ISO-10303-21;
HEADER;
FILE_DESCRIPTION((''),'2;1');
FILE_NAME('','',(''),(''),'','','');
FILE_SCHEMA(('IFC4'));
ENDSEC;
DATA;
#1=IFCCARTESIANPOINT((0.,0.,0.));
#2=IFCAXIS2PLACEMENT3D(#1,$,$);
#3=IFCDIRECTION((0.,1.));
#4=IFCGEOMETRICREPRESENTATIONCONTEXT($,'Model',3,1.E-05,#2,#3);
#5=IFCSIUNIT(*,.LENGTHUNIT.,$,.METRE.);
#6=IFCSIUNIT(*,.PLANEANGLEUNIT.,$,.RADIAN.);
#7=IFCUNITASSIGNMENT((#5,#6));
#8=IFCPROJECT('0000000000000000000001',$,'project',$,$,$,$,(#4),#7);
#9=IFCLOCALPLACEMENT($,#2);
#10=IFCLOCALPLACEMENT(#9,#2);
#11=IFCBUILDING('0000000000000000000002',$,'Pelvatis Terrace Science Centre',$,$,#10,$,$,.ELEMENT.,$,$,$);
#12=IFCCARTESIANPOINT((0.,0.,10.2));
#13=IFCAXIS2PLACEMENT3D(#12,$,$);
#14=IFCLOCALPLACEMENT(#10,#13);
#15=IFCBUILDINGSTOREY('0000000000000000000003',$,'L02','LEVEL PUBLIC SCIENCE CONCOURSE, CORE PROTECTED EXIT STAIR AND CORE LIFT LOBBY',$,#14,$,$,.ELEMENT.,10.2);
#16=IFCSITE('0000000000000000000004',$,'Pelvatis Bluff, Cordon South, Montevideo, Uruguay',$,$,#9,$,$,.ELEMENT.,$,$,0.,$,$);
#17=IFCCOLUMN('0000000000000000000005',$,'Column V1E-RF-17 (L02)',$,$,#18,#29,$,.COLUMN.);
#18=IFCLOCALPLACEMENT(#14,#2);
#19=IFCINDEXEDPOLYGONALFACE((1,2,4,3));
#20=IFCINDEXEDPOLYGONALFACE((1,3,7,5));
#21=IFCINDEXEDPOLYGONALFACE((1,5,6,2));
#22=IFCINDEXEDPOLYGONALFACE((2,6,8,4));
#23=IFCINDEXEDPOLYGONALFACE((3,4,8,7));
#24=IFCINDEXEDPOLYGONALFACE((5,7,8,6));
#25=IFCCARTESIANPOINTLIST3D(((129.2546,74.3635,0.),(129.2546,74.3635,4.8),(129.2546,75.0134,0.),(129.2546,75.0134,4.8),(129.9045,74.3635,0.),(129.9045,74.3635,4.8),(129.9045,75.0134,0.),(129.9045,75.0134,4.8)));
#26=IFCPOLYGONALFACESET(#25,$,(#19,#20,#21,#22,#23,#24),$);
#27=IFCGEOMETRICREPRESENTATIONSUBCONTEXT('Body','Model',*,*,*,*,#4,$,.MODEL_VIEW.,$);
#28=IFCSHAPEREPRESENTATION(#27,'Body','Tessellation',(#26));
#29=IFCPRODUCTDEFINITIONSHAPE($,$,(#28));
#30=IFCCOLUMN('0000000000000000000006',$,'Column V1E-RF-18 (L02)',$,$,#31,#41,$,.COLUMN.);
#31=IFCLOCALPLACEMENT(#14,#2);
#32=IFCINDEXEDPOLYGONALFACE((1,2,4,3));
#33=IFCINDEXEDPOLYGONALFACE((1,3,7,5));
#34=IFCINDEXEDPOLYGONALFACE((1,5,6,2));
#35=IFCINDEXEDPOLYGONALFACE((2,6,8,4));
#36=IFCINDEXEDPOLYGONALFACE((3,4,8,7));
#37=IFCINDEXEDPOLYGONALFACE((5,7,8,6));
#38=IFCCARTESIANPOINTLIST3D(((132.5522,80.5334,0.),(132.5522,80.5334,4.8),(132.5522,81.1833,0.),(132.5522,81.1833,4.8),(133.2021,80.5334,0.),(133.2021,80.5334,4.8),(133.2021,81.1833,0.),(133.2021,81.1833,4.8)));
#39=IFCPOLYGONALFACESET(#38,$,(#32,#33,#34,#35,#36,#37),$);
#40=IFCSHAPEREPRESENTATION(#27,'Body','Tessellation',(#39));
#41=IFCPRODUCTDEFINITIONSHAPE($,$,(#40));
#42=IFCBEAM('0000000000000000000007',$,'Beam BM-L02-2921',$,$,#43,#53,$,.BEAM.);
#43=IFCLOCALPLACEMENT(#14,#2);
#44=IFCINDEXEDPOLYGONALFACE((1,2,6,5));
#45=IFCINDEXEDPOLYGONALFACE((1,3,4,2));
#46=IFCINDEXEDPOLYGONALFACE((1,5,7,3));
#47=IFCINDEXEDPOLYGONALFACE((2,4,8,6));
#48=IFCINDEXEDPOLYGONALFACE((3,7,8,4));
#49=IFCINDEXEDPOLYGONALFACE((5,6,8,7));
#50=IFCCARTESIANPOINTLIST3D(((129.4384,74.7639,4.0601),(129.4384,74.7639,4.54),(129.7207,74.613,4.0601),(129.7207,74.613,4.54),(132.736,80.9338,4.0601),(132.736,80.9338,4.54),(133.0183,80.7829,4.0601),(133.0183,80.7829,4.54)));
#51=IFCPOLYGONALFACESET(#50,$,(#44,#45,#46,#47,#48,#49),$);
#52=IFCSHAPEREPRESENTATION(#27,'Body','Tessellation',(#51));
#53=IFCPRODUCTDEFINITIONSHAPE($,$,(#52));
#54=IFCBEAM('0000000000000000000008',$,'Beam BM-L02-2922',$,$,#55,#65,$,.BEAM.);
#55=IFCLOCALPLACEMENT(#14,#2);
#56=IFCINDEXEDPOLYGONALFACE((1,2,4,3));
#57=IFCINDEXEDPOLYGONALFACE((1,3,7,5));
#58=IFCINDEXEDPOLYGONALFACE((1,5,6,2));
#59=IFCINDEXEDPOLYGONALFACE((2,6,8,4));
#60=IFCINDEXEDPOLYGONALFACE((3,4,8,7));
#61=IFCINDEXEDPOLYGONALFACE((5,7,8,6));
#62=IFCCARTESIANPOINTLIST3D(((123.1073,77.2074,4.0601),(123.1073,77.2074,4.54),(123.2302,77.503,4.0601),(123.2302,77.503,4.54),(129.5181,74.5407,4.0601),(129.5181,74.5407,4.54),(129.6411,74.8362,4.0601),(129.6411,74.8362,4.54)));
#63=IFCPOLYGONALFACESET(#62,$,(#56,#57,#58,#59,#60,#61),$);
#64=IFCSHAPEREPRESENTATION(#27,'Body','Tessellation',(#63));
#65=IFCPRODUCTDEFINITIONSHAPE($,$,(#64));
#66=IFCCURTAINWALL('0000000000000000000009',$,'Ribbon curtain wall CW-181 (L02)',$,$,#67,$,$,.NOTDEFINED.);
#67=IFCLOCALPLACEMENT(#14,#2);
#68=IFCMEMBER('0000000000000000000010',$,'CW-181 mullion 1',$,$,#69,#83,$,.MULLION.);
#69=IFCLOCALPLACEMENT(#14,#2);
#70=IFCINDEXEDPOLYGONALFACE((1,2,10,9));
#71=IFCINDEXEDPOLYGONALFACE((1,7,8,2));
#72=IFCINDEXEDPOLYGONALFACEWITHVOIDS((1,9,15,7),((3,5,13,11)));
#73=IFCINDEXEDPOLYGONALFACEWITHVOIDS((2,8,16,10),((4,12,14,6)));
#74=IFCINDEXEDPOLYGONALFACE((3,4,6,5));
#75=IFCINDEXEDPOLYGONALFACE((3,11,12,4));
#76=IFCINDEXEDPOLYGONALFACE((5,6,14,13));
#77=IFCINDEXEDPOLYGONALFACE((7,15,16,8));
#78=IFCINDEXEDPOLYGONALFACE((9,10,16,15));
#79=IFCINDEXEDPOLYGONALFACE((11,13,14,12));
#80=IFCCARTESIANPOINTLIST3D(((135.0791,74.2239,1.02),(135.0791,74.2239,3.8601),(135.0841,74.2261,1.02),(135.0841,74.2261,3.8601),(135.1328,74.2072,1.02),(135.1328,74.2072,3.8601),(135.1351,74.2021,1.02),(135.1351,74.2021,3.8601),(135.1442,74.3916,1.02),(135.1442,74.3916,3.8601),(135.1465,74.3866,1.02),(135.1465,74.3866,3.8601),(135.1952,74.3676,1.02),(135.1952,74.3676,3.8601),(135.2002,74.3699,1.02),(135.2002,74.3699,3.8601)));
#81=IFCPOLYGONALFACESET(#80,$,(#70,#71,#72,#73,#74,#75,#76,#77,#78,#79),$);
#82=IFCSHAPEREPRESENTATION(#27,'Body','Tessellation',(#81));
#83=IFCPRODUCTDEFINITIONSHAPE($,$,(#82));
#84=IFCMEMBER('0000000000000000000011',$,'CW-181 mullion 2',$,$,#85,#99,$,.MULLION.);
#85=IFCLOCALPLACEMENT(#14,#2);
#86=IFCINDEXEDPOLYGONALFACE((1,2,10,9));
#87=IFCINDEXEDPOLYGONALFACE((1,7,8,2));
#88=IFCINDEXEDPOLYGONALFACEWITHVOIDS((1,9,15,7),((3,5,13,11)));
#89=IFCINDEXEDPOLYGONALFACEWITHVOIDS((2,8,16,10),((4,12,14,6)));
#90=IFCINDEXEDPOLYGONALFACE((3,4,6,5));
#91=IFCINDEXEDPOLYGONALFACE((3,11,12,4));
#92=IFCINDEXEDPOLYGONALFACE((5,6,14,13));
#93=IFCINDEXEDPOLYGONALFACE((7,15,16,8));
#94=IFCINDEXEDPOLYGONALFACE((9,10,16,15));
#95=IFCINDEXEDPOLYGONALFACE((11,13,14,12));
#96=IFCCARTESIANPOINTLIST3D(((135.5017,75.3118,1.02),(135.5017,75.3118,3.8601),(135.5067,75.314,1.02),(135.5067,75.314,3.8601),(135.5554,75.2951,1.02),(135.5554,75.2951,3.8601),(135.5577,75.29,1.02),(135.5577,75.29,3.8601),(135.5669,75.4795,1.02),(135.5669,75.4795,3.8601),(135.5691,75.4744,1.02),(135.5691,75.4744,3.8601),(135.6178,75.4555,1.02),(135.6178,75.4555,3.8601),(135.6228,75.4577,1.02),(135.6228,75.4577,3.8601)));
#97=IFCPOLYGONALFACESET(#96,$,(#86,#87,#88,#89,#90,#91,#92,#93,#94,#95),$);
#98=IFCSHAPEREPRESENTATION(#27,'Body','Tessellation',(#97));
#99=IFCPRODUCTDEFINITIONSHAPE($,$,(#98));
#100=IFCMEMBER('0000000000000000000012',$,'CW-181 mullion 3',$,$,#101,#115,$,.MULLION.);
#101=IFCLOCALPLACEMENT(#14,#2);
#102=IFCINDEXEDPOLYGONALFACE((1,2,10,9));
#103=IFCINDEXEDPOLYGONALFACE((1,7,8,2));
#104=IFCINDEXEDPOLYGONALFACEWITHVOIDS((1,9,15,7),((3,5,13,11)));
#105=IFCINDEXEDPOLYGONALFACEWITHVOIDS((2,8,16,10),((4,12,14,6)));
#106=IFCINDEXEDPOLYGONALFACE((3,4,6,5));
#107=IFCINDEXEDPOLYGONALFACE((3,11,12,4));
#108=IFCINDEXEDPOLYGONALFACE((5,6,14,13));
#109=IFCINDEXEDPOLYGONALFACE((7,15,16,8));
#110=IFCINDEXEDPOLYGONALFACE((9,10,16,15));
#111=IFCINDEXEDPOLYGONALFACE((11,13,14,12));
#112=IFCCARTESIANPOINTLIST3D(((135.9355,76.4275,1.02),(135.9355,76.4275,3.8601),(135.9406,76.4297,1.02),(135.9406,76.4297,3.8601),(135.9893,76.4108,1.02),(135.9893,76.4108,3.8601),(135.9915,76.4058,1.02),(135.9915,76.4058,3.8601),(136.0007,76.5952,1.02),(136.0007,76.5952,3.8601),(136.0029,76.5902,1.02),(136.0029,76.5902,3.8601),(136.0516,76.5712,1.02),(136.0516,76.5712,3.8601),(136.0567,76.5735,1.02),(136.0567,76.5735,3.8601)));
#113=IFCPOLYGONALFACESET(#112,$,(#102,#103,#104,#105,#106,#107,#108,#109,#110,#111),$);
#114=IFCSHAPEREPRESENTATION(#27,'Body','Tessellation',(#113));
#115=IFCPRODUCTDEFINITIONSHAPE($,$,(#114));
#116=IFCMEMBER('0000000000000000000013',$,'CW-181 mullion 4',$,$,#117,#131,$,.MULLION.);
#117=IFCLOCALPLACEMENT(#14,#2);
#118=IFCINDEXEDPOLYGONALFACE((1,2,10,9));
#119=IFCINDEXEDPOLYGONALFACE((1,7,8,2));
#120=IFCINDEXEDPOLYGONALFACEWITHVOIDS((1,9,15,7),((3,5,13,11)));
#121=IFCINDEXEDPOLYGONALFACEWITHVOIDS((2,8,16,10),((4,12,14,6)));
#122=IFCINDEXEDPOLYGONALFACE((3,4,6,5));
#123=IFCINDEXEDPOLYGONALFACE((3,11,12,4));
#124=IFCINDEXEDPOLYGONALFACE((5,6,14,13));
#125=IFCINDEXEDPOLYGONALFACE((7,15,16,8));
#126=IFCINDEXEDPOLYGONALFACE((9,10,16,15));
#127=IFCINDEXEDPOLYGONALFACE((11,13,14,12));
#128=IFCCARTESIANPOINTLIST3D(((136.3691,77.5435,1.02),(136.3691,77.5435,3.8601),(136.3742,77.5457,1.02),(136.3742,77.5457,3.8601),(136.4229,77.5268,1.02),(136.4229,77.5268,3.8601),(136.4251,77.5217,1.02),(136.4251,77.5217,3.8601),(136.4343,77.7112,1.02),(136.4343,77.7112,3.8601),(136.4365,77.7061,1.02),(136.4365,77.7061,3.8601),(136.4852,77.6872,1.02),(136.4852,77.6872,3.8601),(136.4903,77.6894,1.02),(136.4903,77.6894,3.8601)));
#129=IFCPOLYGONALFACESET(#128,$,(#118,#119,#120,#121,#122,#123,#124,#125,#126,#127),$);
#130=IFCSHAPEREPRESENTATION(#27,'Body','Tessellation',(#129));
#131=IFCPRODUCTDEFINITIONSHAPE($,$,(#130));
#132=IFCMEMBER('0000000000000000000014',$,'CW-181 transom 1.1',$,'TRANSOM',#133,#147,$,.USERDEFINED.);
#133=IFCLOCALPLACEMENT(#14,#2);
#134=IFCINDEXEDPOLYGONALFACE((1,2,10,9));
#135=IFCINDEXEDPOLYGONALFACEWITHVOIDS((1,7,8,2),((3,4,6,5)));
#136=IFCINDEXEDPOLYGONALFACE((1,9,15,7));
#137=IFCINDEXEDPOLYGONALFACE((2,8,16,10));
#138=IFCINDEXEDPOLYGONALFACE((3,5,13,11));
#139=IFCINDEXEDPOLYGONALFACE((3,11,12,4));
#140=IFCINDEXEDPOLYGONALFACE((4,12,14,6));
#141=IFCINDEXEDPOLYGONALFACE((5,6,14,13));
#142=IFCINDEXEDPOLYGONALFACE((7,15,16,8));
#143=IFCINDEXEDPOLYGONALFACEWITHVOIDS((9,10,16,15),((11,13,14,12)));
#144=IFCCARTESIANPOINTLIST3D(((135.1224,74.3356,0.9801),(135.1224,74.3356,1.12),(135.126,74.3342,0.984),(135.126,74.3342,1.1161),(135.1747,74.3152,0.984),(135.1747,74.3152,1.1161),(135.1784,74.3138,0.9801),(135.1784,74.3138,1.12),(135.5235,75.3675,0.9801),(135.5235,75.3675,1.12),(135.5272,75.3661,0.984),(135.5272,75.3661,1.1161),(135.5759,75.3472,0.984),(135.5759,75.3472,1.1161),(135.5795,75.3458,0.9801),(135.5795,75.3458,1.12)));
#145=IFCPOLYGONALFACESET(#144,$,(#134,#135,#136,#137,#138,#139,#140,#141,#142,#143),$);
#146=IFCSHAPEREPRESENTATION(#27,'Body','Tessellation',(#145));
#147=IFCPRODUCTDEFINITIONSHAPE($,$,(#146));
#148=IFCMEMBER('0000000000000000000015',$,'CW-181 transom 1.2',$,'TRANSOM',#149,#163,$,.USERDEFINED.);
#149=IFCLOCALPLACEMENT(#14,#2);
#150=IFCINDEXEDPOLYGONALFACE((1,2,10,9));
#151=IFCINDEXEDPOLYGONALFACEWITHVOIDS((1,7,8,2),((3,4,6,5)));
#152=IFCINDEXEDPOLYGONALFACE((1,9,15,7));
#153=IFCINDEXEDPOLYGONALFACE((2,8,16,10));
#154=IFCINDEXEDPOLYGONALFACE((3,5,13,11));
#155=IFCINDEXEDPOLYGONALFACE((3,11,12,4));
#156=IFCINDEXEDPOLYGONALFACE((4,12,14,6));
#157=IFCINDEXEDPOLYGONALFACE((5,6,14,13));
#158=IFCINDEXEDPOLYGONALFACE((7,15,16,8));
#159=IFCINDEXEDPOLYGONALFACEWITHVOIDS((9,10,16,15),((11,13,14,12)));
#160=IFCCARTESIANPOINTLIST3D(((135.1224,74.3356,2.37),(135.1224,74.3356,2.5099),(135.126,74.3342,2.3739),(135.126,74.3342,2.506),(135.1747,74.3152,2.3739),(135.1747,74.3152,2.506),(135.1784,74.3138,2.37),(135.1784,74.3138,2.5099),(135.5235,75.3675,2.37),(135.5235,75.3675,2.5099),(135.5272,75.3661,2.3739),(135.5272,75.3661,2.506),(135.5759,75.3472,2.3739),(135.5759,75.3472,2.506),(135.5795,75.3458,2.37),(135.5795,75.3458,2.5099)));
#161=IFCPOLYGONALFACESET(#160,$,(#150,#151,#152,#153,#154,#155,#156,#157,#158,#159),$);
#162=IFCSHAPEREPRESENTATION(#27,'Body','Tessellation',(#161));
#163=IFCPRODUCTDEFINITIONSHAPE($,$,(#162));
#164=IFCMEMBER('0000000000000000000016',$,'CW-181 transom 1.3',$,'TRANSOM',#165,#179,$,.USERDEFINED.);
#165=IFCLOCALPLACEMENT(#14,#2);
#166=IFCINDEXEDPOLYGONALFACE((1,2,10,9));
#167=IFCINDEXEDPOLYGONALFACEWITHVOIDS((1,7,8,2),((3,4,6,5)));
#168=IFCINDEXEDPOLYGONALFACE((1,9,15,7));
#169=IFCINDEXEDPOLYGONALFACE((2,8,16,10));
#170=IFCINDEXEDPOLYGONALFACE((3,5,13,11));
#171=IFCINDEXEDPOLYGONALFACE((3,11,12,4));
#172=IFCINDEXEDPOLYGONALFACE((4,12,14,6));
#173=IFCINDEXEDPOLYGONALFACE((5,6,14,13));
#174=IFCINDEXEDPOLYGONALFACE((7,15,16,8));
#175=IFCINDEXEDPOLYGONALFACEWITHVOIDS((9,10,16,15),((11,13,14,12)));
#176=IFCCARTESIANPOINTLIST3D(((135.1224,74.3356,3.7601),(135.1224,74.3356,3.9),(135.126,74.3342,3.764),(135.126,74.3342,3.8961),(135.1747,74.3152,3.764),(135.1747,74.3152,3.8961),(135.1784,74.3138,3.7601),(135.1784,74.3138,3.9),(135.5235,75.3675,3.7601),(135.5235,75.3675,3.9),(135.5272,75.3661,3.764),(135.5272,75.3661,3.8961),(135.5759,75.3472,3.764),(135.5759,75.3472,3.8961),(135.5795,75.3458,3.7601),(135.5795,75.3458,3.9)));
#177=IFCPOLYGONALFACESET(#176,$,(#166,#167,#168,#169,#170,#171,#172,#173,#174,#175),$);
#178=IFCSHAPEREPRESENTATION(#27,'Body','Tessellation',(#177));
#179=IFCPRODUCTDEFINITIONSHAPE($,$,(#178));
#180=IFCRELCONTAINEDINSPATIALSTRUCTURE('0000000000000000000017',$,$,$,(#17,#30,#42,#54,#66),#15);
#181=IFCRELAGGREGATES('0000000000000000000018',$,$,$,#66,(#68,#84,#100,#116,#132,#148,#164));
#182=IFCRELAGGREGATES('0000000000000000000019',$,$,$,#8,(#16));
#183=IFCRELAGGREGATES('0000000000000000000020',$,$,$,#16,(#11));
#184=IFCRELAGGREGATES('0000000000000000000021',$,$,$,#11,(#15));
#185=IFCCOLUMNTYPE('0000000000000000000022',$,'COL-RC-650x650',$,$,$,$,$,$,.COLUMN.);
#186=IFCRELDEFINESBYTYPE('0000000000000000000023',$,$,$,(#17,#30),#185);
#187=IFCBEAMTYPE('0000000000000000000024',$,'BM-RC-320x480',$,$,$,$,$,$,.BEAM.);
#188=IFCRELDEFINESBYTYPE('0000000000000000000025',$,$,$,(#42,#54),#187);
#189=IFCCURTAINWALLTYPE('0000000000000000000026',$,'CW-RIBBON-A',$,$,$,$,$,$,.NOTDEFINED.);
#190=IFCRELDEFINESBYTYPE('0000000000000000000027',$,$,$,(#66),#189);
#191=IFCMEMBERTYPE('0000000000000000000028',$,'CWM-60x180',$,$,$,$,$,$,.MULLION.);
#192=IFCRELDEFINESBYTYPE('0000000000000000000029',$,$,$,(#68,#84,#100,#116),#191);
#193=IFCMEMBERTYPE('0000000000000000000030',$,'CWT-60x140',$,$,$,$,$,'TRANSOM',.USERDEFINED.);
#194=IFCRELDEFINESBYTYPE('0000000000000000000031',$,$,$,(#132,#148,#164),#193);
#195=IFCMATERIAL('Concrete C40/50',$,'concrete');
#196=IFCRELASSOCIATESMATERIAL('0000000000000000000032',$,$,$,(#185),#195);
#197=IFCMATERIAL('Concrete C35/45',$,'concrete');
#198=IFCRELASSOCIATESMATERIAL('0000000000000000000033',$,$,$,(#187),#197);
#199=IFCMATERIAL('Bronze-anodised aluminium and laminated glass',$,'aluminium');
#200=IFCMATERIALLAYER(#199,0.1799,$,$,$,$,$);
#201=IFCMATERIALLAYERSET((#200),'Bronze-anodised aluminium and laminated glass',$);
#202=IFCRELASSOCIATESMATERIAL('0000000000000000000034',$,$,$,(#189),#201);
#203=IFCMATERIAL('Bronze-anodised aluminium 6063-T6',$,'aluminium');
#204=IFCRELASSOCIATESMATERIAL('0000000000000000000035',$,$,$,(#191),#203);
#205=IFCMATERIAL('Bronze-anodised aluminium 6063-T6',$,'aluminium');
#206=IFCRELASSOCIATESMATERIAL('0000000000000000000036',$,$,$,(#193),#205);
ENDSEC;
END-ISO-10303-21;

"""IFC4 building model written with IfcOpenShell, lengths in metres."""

from ifc_helpers import new_model, si_unit, direction, frame, origin, origin_2d, place, context, subcontext, project, spatial, rectangle, hollow_rectangle, extrude, material, layer, layer_set, material_profile, profile_set, type_object, element, aggregate, save


model = new_model("IFC4")

# Units and contexts
model_context = context("Model", 3, precision=1e-05, world=origin(), true_north=direction((0.0, 1.0)))
body_context = subcontext(model_context, "Body", "Model", "MODEL_VIEW")
ifc_project = project(units=[si_unit("LENGTHUNIT", "METRE"), si_unit("PLANEANGLEUNIT", "RADIAN")], contexts=[model_context])

# Site, building, storey
site_placement = place(None, origin())
site = spatial("IfcSite", under=ifc_project, at=site_placement, Name="Pelvatis Bluff, Cordon South, Montevideo, Uruguay", CompositionType="ELEMENT", RefElevation=0.0)
building_placement = place(site_placement, origin())
building = spatial("IfcBuilding", under=site, at=building_placement, Name="Pelvatis Terrace Science Centre", CompositionType="ELEMENT")
storey_placement = place(building_placement, frame((0.0, 0.0, 10.2)))
storey = spatial("IfcBuildingStorey", under=building, at=storey_placement, Name="L02", Description="LEVEL PUBLIC SCIENCE CONCOURSE, CORE PROTECTED EXIT STAIR AND CORE LIFT LOBBY", CompositionType="ELEMENT", Elevation=10.2)

# Columns
ifc_material_1 = material(Name="Concrete C40/50", Category="concrete")
ifc_material_profile_1 = material_profile(ifc_material_1, rectangle(XDim=0.6499, YDim=0.6499, at=origin_2d()), Name="RC-COL 650x650")
ifc_profile_set_1 = profile_set([ifc_material_profile_1], Name="Concrete C40/50")
column_type = type_object("IfcColumnType", Name="COL-RC-650x650", PredefinedType="COLUMN", material=ifc_profile_set_1)
for number, where, z_axis, x_axis, name in (
    (1, (129.5796, 74.6885, 0.0), (0.0, 0.0, 1.0), (1.0, 0.0, 0.0), "Column V1E-RF-17 (L02)"),
    (2, (132.8772, 80.8584, 0.0), (0.0, 0.0, 1.0), (1.0, 0.0, 0.0), "Column V1E-RF-18 (L02)"),
):
    element("IfcColumn", number, at=place(storey_placement, frame(where, z_axis=z_axis, x_axis=x_axis)), inside=storey, type_object=column_type, Name=name, PredefinedType="COLUMN", context=body_context, shape_type="SweptSolid", body=[
        extrude(rectangle(XDim=0.6499, YDim=0.6499, at=origin_2d()), origin(), (0.0, 0.0, 1.0), 4.8),
    ])

# Beams
ifc_material_2 = material(Name="Concrete C35/45", Category="concrete")
ifc_material_profile_2 = material_profile(ifc_material_2, rectangle(XDim=0.3201, YDim=0.48, at=origin_2d()), Name="RC-BM 320x480")
ifc_profile_set_2 = profile_set([ifc_material_profile_2], Name="Concrete C35/45")
beam_type = type_object("IfcBeamType", Name="BM-RC-320x480", PredefinedType="BEAM", material=ifc_profile_set_2)
beam_1_placement = place(storey_placement, frame((129.5796, 74.6885, 4.3), z_axis=(0.471365, 0.881938, 0.0), x_axis=(-0.881938, 0.471365, 0.0)))
element("IfcBeam", 3, at=beam_1_placement, inside=storey, type_object=beam_type, Name="Beam BM-L02-2921", PredefinedType="BEAM", context=body_context, shape_type="SweptSolid", body=[
    extrude(rectangle(XDim=0.3201, YDim=0.48, at=origin_2d()), origin(), (0.0, 0.0, 1.0), 6.9958),
])
beam_2_placement = place(storey_placement, frame((129.5796, 74.6885, 4.3), z_axis=(-0.923305, 0.384069, 0.0), x_axis=(-0.384069, -0.923305, 0.0)))
element("IfcBeam", 4, at=beam_2_placement, inside=storey, type_object=beam_type, Name="Beam BM-L02-2922", PredefinedType="BEAM", context=body_context, shape_type="SweptSolid", body=[
    extrude(rectangle(XDim=0.3201, YDim=0.48, at=origin_2d()), origin(), (0.0, 0.0, 1.0), 6.9434),
])

# Curtain wall, members
ifc_material_3 = material(Name="Bronze-anodised aluminium and laminated glass", Category="aluminium")
ifc_layer_1 = layer(ifc_material_3, 0.1799)
ifc_layer_set_1 = layer_set([ifc_layer_1], Name="Bronze-anodised aluminium and laminated glass")
curtain_wall_type = type_object("IfcCurtainWallType", Name="CW-RIBBON-A", PredefinedType="NOTDEFINED", material=ifc_layer_set_1)
curtain_wall_placement = place(storey_placement, origin())
curtain_wall = element("IfcCurtainWall", 5, at=curtain_wall_placement, inside=storey, type_object=curtain_wall_type, Name="Ribbon curtain wall CW-181 (L02)", PredefinedType="NOTDEFINED")
ifc_material_4 = material(Name="Bronze-anodised aluminium 6063-T6", Category="aluminium")
ifc_material_profile_3 = material_profile(ifc_material_4, hollow_rectangle(XDim=0.0601, YDim=0.1799, WallThickness=0.0039, at=origin_2d()), Name="ALU-MUL 60x180")
ifc_profile_set_3 = profile_set([ifc_material_profile_3], Name="Bronze-anodised aluminium 6063-T6")
member_type_1 = type_object("IfcMemberType", Name="CWM-60x180", PredefinedType="MULLION", material=ifc_profile_set_3)
member_1_placement = place(storey_placement, frame((135.1396, 74.2969, 1.02), z_axis=(0.0, 0.0, 1.0), x_axis=(-0.932092, 0.362221, 0.0)))
member_1 = element("IfcMember", 6, at=member_1_placement, type_object=member_type_1, Name="CW-181 mullion 1", PredefinedType="MULLION", context=body_context, shape_type="SweptSolid", body=[
    extrude(hollow_rectangle(XDim=0.0601, YDim=0.1799, WallThickness=0.0039, at=origin_2d()), origin(), (0.0, 0.0, 1.0), 2.8401),
])
member_2_placement = place(storey_placement, frame((135.5623, 75.3848, 1.02), z_axis=(0.0, 0.0, 1.0), x_axis=(-0.932092, 0.362221, 0.0)))
member_2 = element("IfcMember", 7, at=member_2_placement, type_object=member_type_1, Name="CW-181 mullion 2", PredefinedType="MULLION", context=body_context, shape_type="SweptSolid", body=[
    extrude(hollow_rectangle(XDim=0.0601, YDim=0.1799, WallThickness=0.0039, at=origin_2d()), origin(), (0.0, 0.0, 1.0), 2.8401),
])
member_3_placement = place(storey_placement, frame((135.9961, 76.5005, 1.02), z_axis=(0.0, 0.0, 1.0), x_axis=(-0.932092, 0.362221, 0.0)))
member_3 = element("IfcMember", 8, at=member_3_placement, type_object=member_type_1, Name="CW-181 mullion 3", PredefinedType="MULLION", context=body_context, shape_type="SweptSolid", body=[
    extrude(hollow_rectangle(XDim=0.0601, YDim=0.1799, WallThickness=0.0039, at=origin_2d()), origin(), (0.0, 0.0, 1.0), 2.8401),
])
member_4_placement = place(storey_placement, frame((136.4297, 77.6165, 1.02), z_axis=(0.0, 0.0, 1.0), x_axis=(-0.932092, 0.362221, 0.0)))
member_4 = element("IfcMember", 9, at=member_4_placement, type_object=member_type_1, Name="CW-181 mullion 4", PredefinedType="MULLION", context=body_context, shape_type="SweptSolid", body=[
    extrude(hollow_rectangle(XDim=0.0601, YDim=0.1799, WallThickness=0.0039, at=origin_2d()), origin(), (0.0, 0.0, 1.0), 2.8401),
])
ifc_material_5 = material(Name="Bronze-anodised aluminium 6063-T6", Category="aluminium")
ifc_material_profile_4 = material_profile(ifc_material_5, hollow_rectangle(XDim=0.0601, YDim=0.1399, WallThickness=0.0039, at=origin_2d()), Name="ALU-TRN 60x140")
ifc_profile_set_4 = profile_set([ifc_material_profile_4], Name="Bronze-anodised aluminium 6063-T6")
member_type_2 = type_object("IfcMemberType", Name="CWT-60x140", ElementType="TRANSOM", PredefinedType="USERDEFINED", material=ifc_profile_set_4)
member_5_placement = place(storey_placement, frame((135.1504, 74.3247, 1.05), z_axis=(0.362287, 0.932067, 0.0), x_axis=(-0.932067, 0.362287, 0.0)))
member_5 = element("IfcMember", 10, at=member_5_placement, type_object=member_type_2, Name="CW-181 transom 1.1", ObjectType="TRANSOM", PredefinedType="USERDEFINED", context=body_context, shape_type="SweptSolid", body=[
    extrude(hollow_rectangle(XDim=0.0601, YDim=0.1399, WallThickness=0.0039, at=origin_2d()), origin(), (0.0, 0.0, 1.0), 1.1072),
])
member_6_placement = place(storey_placement, frame((135.1504, 74.3247, 2.4399), z_axis=(0.362287, 0.932067, 0.0), x_axis=(-0.932067, 0.362287, 0.0)))
member_6 = element("IfcMember", 11, at=member_6_placement, type_object=member_type_2, Name="CW-181 transom 1.2", ObjectType="TRANSOM", PredefinedType="USERDEFINED", context=body_context, shape_type="SweptSolid", body=[
    extrude(hollow_rectangle(XDim=0.0601, YDim=0.1399, WallThickness=0.0039, at=origin_2d()), origin(), (0.0, 0.0, 1.0), 1.1072),
])
member_7_placement = place(storey_placement, frame((135.1504, 74.3247, 3.8301), z_axis=(0.362287, 0.932067, 0.0), x_axis=(-0.932067, 0.362287, 0.0)))
member_7 = element("IfcMember", 12, at=member_7_placement, type_object=member_type_2, Name="CW-181 transom 1.3", ObjectType="TRANSOM", PredefinedType="USERDEFINED", context=body_context, shape_type="SweptSolid", body=[
    extrude(hollow_rectangle(XDim=0.0601, YDim=0.1399, WallThickness=0.0039, at=origin_2d()), origin(), (0.0, 0.0, 1.0), 1.1072),
])
aggregate(curtain_wall, [member_1, member_2, member_3, member_4, member_5, member_6, member_7])

save(model, "model.ifc")
